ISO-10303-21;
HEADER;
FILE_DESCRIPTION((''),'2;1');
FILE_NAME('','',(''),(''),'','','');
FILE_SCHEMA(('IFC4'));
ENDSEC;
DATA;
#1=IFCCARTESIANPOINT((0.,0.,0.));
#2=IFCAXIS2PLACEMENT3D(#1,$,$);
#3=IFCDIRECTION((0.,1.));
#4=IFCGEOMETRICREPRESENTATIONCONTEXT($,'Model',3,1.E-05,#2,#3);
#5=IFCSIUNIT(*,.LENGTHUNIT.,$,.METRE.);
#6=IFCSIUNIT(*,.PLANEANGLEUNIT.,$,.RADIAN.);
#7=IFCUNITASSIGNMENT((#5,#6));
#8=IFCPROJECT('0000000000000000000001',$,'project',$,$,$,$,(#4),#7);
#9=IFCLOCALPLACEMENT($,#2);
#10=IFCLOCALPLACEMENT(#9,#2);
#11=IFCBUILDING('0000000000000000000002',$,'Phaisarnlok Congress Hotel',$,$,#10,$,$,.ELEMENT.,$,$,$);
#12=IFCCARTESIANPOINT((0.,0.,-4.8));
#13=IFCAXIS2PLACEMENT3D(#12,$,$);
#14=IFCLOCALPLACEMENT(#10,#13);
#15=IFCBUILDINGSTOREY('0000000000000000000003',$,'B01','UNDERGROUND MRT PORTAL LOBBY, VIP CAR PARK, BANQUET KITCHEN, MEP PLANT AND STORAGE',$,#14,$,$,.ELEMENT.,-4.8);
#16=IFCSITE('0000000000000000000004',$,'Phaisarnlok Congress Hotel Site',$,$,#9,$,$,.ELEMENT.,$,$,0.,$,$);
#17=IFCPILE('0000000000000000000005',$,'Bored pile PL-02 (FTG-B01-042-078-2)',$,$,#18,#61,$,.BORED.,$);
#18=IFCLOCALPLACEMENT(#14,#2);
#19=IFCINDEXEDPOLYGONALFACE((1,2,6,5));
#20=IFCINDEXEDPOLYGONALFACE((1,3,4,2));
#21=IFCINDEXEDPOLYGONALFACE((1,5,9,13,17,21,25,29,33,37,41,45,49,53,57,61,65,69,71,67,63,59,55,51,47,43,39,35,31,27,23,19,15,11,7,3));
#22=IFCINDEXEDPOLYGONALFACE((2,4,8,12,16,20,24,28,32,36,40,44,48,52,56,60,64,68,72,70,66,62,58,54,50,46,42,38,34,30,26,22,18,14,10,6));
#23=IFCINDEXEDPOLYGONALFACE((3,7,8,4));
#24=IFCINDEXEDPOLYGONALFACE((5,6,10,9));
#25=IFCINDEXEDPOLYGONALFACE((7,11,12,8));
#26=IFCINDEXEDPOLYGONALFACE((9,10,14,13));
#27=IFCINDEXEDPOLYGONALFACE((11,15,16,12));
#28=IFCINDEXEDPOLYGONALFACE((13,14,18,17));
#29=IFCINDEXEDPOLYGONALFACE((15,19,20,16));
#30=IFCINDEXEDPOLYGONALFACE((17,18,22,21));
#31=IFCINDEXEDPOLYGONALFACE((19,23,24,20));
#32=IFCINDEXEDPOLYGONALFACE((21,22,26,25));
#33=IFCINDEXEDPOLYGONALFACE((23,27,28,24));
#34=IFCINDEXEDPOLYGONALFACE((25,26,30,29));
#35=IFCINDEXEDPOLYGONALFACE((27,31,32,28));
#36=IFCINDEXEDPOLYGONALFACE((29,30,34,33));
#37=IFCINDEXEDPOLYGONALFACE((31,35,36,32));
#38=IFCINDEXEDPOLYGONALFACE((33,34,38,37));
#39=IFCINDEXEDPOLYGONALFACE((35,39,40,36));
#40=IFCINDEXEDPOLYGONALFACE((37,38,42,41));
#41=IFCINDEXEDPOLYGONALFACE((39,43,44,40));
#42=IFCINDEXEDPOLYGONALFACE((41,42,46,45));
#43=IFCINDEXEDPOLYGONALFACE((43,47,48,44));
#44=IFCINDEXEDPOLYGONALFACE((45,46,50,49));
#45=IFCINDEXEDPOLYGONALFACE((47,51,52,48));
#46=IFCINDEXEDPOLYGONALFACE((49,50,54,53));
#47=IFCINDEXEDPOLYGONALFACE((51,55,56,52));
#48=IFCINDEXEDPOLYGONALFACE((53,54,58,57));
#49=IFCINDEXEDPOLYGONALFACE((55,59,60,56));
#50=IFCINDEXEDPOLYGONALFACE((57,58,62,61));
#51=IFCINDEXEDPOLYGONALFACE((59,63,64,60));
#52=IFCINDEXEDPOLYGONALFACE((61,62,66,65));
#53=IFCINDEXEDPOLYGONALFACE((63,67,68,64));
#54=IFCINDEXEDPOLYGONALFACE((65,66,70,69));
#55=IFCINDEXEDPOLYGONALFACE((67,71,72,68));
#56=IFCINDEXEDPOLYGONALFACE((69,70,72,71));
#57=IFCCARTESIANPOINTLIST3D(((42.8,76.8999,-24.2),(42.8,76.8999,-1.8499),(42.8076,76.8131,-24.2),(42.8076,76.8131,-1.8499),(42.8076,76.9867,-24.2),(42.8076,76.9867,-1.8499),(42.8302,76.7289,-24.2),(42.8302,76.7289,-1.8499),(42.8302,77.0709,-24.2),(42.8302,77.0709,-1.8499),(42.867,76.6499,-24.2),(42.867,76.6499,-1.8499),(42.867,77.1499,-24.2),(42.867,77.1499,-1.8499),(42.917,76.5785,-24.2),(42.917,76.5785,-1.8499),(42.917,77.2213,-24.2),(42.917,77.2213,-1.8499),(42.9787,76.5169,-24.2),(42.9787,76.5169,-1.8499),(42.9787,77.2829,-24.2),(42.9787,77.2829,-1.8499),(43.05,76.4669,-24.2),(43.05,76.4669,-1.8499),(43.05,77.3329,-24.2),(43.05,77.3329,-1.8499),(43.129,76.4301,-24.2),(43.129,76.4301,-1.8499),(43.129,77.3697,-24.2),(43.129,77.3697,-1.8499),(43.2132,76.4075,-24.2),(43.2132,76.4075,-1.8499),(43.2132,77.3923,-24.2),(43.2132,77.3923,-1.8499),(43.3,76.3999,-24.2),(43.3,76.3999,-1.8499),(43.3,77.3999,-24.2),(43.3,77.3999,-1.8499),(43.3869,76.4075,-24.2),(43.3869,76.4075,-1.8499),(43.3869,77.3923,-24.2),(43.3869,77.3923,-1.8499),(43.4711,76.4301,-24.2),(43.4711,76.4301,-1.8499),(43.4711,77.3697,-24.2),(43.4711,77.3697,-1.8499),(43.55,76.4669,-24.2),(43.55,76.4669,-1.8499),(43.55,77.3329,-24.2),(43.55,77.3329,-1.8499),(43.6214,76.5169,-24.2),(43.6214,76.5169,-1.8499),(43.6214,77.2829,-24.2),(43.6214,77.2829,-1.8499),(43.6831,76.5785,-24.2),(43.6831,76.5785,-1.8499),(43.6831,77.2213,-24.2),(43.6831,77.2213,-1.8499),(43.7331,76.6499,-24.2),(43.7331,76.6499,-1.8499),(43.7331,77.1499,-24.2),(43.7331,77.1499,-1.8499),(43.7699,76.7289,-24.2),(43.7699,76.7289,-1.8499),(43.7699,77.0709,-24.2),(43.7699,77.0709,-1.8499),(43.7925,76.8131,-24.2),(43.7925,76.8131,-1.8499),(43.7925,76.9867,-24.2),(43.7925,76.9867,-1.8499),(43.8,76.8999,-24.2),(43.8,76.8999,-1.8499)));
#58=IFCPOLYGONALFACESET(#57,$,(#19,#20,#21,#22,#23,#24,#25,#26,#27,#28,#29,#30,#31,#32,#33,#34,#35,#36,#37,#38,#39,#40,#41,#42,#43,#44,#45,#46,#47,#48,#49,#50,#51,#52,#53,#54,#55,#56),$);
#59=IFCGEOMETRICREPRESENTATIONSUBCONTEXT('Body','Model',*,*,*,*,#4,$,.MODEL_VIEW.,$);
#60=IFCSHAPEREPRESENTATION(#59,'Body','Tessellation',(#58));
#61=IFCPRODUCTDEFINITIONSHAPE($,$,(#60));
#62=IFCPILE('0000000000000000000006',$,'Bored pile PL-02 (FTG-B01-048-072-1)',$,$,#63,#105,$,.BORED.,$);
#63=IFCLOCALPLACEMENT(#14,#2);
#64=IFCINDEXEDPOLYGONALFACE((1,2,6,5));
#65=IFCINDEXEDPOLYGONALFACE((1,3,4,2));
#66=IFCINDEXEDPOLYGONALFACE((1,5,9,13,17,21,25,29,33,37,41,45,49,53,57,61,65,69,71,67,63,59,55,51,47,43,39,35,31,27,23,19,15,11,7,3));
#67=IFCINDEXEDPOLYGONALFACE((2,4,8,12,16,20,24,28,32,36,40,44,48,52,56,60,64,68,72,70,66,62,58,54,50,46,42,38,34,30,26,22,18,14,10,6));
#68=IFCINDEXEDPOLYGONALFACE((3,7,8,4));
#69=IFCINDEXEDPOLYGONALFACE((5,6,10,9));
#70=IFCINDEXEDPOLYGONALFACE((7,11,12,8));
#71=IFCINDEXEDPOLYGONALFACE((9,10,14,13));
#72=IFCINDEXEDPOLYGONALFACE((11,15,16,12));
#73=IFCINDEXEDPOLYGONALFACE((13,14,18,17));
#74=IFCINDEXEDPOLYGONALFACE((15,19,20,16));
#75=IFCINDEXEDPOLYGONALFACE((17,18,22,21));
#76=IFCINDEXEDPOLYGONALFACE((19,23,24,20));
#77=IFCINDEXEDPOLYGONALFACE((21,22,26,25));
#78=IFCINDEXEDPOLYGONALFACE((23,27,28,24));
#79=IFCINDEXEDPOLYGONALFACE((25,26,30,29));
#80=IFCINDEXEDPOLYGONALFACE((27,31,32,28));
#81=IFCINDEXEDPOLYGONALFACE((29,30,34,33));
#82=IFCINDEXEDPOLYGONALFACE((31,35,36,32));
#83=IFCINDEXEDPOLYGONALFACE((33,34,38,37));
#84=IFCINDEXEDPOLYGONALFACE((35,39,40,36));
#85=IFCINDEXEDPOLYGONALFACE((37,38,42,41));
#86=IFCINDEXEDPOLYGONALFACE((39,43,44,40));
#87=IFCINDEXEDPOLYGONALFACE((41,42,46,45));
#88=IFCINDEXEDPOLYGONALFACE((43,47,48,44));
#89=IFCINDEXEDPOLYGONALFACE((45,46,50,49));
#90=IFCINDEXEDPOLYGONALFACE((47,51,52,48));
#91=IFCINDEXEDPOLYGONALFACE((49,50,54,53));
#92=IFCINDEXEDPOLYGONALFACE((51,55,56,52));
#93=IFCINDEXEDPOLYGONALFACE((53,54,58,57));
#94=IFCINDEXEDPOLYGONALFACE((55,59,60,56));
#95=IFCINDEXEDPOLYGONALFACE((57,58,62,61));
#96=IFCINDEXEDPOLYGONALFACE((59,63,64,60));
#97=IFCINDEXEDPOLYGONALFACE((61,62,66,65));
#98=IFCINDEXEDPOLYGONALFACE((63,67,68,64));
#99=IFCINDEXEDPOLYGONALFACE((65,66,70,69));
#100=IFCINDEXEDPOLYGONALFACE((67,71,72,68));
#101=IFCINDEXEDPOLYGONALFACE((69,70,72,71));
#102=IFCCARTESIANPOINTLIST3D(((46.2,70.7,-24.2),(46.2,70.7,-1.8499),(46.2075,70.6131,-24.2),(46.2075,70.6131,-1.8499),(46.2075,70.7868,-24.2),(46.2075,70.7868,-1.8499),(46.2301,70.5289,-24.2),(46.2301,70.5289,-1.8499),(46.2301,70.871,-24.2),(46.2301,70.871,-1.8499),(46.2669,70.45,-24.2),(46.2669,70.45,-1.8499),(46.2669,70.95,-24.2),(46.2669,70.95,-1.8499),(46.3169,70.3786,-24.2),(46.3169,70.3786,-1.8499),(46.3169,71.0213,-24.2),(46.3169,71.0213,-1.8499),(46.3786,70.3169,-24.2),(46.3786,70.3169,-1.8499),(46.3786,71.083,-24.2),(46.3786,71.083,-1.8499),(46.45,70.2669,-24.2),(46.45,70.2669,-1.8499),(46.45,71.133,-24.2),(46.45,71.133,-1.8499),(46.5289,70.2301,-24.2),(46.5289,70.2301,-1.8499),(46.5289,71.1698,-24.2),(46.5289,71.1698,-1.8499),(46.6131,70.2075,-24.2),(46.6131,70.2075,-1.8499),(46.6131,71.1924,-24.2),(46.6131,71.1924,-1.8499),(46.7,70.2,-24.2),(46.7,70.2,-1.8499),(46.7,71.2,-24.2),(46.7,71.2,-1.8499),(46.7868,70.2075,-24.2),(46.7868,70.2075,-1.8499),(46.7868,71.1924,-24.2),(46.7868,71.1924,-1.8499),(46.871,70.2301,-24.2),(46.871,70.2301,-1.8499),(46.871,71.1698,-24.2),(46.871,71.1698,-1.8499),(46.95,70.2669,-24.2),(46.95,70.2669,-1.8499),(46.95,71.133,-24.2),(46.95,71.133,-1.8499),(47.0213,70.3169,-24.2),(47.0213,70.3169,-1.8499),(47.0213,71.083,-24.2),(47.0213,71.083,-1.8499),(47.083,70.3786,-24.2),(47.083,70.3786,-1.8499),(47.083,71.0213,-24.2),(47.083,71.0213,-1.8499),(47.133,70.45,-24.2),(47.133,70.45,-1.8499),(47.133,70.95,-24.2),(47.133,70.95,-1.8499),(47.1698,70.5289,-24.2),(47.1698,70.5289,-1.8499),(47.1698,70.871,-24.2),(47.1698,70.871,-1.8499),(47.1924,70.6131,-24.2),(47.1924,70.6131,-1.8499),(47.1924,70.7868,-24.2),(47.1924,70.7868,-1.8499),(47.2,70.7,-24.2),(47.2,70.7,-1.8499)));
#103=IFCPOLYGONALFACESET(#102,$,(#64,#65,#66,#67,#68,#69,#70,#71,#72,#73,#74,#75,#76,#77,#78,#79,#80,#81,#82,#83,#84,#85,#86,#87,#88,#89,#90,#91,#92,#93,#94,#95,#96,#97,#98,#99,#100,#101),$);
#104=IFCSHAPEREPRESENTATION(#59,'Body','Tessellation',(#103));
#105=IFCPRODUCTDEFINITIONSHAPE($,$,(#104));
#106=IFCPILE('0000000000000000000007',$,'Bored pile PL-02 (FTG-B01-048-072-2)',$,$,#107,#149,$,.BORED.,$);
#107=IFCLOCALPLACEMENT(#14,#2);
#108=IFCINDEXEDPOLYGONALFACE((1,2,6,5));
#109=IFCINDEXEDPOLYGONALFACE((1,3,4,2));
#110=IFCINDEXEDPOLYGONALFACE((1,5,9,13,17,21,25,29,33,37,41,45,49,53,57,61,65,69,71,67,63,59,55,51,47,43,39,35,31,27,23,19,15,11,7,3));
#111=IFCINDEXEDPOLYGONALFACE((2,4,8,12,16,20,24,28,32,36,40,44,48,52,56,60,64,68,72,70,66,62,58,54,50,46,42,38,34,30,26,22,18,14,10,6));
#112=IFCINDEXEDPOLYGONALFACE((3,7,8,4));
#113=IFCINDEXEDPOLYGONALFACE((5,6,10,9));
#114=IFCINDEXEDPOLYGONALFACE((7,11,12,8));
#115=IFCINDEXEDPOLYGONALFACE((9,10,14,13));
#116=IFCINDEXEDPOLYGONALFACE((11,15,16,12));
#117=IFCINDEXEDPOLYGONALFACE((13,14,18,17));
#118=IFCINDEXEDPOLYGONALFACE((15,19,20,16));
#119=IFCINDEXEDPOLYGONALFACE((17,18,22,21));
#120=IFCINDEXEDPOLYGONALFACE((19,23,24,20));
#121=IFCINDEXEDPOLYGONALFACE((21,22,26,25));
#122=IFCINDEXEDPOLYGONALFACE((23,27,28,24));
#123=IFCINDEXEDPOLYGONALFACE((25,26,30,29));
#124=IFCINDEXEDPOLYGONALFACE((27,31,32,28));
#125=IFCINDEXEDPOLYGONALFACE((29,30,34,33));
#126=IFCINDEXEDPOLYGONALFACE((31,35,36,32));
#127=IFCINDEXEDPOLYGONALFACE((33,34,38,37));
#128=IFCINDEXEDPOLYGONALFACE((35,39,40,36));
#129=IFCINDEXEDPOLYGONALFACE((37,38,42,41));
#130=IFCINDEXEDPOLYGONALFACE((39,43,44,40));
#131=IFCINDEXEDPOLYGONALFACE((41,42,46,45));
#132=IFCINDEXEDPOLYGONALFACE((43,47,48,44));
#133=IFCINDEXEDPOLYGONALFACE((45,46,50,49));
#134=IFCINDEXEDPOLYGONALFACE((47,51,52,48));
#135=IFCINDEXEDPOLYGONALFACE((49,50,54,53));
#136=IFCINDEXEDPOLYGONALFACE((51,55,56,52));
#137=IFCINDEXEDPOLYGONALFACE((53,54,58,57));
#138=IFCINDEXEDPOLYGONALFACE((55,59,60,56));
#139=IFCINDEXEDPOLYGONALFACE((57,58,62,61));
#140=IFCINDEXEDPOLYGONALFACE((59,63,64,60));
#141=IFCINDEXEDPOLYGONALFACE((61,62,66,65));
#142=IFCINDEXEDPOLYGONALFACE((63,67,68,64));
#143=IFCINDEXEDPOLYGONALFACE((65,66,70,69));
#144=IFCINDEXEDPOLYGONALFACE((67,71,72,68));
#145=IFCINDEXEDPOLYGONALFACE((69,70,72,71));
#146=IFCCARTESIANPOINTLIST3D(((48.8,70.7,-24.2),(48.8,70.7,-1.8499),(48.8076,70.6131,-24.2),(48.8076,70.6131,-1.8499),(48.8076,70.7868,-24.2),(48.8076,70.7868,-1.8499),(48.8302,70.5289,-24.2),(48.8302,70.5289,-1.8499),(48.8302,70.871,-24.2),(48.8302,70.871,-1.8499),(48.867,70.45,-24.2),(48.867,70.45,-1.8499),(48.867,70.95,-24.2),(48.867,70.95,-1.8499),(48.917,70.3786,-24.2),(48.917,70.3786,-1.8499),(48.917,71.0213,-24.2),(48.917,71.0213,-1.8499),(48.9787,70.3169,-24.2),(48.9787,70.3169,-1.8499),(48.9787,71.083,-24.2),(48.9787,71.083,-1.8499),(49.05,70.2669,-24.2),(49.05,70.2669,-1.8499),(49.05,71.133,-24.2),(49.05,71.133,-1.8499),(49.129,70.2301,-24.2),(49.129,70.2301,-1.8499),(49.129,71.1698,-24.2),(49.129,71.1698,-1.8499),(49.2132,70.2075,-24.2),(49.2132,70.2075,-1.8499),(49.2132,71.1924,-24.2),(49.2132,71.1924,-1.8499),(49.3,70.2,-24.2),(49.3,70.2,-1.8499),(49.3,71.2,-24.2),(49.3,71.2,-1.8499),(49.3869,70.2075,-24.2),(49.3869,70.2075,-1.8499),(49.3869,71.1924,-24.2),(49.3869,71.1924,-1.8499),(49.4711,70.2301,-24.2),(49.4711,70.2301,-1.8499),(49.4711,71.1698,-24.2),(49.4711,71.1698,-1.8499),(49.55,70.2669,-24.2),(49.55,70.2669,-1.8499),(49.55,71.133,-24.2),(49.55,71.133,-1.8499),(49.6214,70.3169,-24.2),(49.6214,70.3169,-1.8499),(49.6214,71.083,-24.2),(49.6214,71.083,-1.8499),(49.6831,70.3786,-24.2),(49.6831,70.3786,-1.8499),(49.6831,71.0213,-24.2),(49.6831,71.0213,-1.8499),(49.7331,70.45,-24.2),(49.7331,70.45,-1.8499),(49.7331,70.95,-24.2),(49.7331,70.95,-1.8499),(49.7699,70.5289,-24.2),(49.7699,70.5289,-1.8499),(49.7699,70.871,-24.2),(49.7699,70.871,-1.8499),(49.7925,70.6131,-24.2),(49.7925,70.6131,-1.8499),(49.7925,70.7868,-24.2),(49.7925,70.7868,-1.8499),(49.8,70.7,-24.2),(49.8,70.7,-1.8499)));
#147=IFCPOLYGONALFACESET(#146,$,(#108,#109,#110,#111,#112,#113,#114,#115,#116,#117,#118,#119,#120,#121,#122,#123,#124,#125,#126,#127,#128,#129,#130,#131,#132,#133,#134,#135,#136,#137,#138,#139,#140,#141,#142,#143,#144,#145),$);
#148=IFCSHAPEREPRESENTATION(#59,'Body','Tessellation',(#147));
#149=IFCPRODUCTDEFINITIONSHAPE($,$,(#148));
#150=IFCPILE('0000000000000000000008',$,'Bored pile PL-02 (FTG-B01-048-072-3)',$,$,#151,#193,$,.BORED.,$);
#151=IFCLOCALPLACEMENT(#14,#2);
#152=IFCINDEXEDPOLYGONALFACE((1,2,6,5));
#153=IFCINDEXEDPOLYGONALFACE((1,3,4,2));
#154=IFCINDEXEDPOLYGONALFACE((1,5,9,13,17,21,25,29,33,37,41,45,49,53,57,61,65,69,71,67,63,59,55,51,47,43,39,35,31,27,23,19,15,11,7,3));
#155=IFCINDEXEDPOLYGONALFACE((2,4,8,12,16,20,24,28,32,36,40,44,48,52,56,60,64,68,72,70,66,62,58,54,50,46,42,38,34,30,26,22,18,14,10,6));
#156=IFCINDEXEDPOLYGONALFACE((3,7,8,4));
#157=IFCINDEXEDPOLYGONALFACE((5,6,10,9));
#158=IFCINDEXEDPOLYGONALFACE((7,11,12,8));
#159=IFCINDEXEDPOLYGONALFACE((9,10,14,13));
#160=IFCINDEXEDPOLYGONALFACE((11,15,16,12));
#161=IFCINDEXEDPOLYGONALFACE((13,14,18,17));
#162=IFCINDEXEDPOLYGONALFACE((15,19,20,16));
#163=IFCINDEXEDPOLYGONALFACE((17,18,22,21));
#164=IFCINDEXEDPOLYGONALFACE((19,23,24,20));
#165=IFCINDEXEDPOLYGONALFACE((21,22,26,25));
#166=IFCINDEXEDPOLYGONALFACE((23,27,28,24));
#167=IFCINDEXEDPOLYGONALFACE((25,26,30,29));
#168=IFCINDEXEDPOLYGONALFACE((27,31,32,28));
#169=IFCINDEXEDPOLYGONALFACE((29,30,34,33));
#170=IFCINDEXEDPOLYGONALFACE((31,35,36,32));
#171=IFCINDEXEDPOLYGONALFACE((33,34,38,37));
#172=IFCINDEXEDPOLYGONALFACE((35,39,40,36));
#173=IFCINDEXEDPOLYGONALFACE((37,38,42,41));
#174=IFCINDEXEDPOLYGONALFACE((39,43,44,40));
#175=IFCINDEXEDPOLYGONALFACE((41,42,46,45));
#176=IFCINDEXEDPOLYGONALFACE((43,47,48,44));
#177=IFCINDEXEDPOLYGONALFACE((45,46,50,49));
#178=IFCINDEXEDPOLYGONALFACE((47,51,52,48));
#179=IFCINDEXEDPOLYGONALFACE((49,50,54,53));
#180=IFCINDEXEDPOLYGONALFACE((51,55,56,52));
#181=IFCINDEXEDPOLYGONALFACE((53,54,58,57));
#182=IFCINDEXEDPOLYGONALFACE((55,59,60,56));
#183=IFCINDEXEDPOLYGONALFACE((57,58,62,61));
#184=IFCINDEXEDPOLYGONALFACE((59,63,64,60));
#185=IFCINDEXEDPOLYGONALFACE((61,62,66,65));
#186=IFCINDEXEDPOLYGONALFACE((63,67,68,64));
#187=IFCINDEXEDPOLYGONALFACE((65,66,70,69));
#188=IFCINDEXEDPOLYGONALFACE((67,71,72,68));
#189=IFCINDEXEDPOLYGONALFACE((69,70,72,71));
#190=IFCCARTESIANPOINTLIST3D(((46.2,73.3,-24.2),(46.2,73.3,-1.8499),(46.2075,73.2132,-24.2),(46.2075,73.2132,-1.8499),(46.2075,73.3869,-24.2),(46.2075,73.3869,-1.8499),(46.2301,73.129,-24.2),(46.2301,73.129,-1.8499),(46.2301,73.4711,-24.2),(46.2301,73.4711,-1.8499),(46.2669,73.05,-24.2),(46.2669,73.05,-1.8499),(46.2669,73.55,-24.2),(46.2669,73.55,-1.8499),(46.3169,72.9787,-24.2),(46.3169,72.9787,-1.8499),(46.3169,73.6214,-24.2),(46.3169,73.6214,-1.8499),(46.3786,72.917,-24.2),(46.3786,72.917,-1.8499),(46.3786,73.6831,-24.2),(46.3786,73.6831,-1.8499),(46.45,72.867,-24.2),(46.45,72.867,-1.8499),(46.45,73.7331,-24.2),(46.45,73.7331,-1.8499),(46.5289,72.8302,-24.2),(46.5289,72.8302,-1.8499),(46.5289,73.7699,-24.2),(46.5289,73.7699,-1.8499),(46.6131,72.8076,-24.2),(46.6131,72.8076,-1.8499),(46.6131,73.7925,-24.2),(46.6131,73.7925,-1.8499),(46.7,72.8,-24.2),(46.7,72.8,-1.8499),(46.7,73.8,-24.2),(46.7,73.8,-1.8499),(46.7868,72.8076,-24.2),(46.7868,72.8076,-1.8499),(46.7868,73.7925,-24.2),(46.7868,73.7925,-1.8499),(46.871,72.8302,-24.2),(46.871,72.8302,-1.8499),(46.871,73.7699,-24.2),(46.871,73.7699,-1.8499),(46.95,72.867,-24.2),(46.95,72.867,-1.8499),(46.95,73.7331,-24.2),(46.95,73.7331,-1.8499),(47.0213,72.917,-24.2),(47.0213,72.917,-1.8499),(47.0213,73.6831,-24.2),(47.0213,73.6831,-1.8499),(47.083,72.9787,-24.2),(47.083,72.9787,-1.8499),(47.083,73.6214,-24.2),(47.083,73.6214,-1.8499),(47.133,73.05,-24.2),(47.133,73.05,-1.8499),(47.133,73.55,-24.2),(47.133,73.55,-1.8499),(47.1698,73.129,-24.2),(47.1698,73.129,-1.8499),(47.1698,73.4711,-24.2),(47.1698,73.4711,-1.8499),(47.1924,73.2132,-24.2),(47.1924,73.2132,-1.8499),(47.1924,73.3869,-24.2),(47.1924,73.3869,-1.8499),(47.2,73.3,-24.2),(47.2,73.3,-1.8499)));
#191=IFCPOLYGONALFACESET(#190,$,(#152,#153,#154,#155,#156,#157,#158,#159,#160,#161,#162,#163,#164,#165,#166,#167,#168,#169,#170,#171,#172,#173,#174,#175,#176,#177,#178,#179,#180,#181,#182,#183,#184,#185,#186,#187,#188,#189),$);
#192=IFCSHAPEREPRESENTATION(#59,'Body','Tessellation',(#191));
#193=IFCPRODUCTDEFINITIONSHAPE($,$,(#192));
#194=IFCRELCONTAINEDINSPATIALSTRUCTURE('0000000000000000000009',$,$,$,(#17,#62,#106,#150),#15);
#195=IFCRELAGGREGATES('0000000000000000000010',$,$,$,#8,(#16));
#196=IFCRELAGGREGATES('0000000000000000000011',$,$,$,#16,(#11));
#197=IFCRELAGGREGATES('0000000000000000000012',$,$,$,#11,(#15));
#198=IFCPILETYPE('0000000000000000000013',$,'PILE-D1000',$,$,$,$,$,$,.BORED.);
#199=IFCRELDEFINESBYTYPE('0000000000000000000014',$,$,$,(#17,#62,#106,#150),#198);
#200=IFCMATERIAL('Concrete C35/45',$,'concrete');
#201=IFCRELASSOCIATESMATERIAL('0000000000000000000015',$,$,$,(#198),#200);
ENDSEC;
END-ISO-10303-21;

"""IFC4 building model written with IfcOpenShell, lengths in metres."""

from ifc_helpers import new_model, si_unit, direction, frame, origin, origin_2d, place, context, subcontext, project, spatial, circle, extrude, material, material_profile, profile_set, type_object, element, save


model = new_model("IFC4")

# Units and contexts
model_context = context("Model", 3, precision=1e-05, world=origin(), true_north=direction((0.0, 1.0)))
body_context = subcontext(model_context, "Body", "Model", "MODEL_VIEW")
ifc_project = project(units=[si_unit("LENGTHUNIT", "METRE"), si_unit("PLANEANGLEUNIT", "RADIAN")], contexts=[model_context])

# Site, building, storey
site_placement = place(None, origin())
site = spatial("IfcSite", under=ifc_project, at=site_placement, Name="Phaisarnlok Congress Hotel Site", CompositionType="ELEMENT", RefElevation=0.0)
building_placement = place(site_placement, origin())
building = spatial("IfcBuilding", under=site, at=building_placement, Name="Phaisarnlok Congress Hotel", CompositionType="ELEMENT")
storey_placement = place(building_placement, frame((0.0, 0.0, -4.8)))
storey = spatial("IfcBuildingStorey", under=building, at=storey_placement, Name="B01", Description="UNDERGROUND MRT PORTAL LOBBY, VIP CAR PARK, BANQUET KITCHEN, MEP PLANT AND STORAGE", CompositionType="ELEMENT", Elevation=-4.8)

# Piles
ifc_material_1 = material(Name="Concrete C35/45", Category="concrete")
ifc_material_profile_1 = material_profile(ifc_material_1, circle(Radius=0.5, at=origin_2d()), Name="BORED PILE D1000")
ifc_profile_set_1 = profile_set([ifc_material_profile_1], Name="Concrete C35/45")
pile_type_1 = type_object("IfcPileType", Name="PILE-D1000", PredefinedType="BORED", material=ifc_profile_set_1)
for number, where, z_axis, x_axis, name in (
    (1, (43.3, 76.8999, -1.8499), (0.0, 0.0, -1.0), (1.0, 0.0, 0.0), "Bored pile PL-02 (FTG-B01-042-078-2)"),
    (2, (46.7, 70.7, -1.8499), (0.0, 0.0, -1.0), (1.0, 0.0, 0.0), "Bored pile PL-02 (FTG-B01-048-072-1)"),
    (3, (49.3, 70.7, -1.8499), (0.0, 0.0, -1.0), (1.0, 0.0, 0.0), "Bored pile PL-02 (FTG-B01-048-072-2)"),
    (4, (46.7, 73.3, -1.8499), (0.0, 0.0, -1.0), (1.0, 0.0, 0.0), "Bored pile PL-02 (FTG-B01-048-072-3)"),
):
    element("IfcPile", number, at=place(storey_placement, frame(where, z_axis=z_axis, x_axis=x_axis)), inside=storey, type_object=pile_type_1, Name=name, PredefinedType="BORED", context=body_context, shape_type="SweptSolid", body=[
        extrude(circle(Radius=0.5, at=origin_2d()), origin(), (0.0, 0.0, 1.0), 22.3501),
    ])

save(model, "model.ifc")
